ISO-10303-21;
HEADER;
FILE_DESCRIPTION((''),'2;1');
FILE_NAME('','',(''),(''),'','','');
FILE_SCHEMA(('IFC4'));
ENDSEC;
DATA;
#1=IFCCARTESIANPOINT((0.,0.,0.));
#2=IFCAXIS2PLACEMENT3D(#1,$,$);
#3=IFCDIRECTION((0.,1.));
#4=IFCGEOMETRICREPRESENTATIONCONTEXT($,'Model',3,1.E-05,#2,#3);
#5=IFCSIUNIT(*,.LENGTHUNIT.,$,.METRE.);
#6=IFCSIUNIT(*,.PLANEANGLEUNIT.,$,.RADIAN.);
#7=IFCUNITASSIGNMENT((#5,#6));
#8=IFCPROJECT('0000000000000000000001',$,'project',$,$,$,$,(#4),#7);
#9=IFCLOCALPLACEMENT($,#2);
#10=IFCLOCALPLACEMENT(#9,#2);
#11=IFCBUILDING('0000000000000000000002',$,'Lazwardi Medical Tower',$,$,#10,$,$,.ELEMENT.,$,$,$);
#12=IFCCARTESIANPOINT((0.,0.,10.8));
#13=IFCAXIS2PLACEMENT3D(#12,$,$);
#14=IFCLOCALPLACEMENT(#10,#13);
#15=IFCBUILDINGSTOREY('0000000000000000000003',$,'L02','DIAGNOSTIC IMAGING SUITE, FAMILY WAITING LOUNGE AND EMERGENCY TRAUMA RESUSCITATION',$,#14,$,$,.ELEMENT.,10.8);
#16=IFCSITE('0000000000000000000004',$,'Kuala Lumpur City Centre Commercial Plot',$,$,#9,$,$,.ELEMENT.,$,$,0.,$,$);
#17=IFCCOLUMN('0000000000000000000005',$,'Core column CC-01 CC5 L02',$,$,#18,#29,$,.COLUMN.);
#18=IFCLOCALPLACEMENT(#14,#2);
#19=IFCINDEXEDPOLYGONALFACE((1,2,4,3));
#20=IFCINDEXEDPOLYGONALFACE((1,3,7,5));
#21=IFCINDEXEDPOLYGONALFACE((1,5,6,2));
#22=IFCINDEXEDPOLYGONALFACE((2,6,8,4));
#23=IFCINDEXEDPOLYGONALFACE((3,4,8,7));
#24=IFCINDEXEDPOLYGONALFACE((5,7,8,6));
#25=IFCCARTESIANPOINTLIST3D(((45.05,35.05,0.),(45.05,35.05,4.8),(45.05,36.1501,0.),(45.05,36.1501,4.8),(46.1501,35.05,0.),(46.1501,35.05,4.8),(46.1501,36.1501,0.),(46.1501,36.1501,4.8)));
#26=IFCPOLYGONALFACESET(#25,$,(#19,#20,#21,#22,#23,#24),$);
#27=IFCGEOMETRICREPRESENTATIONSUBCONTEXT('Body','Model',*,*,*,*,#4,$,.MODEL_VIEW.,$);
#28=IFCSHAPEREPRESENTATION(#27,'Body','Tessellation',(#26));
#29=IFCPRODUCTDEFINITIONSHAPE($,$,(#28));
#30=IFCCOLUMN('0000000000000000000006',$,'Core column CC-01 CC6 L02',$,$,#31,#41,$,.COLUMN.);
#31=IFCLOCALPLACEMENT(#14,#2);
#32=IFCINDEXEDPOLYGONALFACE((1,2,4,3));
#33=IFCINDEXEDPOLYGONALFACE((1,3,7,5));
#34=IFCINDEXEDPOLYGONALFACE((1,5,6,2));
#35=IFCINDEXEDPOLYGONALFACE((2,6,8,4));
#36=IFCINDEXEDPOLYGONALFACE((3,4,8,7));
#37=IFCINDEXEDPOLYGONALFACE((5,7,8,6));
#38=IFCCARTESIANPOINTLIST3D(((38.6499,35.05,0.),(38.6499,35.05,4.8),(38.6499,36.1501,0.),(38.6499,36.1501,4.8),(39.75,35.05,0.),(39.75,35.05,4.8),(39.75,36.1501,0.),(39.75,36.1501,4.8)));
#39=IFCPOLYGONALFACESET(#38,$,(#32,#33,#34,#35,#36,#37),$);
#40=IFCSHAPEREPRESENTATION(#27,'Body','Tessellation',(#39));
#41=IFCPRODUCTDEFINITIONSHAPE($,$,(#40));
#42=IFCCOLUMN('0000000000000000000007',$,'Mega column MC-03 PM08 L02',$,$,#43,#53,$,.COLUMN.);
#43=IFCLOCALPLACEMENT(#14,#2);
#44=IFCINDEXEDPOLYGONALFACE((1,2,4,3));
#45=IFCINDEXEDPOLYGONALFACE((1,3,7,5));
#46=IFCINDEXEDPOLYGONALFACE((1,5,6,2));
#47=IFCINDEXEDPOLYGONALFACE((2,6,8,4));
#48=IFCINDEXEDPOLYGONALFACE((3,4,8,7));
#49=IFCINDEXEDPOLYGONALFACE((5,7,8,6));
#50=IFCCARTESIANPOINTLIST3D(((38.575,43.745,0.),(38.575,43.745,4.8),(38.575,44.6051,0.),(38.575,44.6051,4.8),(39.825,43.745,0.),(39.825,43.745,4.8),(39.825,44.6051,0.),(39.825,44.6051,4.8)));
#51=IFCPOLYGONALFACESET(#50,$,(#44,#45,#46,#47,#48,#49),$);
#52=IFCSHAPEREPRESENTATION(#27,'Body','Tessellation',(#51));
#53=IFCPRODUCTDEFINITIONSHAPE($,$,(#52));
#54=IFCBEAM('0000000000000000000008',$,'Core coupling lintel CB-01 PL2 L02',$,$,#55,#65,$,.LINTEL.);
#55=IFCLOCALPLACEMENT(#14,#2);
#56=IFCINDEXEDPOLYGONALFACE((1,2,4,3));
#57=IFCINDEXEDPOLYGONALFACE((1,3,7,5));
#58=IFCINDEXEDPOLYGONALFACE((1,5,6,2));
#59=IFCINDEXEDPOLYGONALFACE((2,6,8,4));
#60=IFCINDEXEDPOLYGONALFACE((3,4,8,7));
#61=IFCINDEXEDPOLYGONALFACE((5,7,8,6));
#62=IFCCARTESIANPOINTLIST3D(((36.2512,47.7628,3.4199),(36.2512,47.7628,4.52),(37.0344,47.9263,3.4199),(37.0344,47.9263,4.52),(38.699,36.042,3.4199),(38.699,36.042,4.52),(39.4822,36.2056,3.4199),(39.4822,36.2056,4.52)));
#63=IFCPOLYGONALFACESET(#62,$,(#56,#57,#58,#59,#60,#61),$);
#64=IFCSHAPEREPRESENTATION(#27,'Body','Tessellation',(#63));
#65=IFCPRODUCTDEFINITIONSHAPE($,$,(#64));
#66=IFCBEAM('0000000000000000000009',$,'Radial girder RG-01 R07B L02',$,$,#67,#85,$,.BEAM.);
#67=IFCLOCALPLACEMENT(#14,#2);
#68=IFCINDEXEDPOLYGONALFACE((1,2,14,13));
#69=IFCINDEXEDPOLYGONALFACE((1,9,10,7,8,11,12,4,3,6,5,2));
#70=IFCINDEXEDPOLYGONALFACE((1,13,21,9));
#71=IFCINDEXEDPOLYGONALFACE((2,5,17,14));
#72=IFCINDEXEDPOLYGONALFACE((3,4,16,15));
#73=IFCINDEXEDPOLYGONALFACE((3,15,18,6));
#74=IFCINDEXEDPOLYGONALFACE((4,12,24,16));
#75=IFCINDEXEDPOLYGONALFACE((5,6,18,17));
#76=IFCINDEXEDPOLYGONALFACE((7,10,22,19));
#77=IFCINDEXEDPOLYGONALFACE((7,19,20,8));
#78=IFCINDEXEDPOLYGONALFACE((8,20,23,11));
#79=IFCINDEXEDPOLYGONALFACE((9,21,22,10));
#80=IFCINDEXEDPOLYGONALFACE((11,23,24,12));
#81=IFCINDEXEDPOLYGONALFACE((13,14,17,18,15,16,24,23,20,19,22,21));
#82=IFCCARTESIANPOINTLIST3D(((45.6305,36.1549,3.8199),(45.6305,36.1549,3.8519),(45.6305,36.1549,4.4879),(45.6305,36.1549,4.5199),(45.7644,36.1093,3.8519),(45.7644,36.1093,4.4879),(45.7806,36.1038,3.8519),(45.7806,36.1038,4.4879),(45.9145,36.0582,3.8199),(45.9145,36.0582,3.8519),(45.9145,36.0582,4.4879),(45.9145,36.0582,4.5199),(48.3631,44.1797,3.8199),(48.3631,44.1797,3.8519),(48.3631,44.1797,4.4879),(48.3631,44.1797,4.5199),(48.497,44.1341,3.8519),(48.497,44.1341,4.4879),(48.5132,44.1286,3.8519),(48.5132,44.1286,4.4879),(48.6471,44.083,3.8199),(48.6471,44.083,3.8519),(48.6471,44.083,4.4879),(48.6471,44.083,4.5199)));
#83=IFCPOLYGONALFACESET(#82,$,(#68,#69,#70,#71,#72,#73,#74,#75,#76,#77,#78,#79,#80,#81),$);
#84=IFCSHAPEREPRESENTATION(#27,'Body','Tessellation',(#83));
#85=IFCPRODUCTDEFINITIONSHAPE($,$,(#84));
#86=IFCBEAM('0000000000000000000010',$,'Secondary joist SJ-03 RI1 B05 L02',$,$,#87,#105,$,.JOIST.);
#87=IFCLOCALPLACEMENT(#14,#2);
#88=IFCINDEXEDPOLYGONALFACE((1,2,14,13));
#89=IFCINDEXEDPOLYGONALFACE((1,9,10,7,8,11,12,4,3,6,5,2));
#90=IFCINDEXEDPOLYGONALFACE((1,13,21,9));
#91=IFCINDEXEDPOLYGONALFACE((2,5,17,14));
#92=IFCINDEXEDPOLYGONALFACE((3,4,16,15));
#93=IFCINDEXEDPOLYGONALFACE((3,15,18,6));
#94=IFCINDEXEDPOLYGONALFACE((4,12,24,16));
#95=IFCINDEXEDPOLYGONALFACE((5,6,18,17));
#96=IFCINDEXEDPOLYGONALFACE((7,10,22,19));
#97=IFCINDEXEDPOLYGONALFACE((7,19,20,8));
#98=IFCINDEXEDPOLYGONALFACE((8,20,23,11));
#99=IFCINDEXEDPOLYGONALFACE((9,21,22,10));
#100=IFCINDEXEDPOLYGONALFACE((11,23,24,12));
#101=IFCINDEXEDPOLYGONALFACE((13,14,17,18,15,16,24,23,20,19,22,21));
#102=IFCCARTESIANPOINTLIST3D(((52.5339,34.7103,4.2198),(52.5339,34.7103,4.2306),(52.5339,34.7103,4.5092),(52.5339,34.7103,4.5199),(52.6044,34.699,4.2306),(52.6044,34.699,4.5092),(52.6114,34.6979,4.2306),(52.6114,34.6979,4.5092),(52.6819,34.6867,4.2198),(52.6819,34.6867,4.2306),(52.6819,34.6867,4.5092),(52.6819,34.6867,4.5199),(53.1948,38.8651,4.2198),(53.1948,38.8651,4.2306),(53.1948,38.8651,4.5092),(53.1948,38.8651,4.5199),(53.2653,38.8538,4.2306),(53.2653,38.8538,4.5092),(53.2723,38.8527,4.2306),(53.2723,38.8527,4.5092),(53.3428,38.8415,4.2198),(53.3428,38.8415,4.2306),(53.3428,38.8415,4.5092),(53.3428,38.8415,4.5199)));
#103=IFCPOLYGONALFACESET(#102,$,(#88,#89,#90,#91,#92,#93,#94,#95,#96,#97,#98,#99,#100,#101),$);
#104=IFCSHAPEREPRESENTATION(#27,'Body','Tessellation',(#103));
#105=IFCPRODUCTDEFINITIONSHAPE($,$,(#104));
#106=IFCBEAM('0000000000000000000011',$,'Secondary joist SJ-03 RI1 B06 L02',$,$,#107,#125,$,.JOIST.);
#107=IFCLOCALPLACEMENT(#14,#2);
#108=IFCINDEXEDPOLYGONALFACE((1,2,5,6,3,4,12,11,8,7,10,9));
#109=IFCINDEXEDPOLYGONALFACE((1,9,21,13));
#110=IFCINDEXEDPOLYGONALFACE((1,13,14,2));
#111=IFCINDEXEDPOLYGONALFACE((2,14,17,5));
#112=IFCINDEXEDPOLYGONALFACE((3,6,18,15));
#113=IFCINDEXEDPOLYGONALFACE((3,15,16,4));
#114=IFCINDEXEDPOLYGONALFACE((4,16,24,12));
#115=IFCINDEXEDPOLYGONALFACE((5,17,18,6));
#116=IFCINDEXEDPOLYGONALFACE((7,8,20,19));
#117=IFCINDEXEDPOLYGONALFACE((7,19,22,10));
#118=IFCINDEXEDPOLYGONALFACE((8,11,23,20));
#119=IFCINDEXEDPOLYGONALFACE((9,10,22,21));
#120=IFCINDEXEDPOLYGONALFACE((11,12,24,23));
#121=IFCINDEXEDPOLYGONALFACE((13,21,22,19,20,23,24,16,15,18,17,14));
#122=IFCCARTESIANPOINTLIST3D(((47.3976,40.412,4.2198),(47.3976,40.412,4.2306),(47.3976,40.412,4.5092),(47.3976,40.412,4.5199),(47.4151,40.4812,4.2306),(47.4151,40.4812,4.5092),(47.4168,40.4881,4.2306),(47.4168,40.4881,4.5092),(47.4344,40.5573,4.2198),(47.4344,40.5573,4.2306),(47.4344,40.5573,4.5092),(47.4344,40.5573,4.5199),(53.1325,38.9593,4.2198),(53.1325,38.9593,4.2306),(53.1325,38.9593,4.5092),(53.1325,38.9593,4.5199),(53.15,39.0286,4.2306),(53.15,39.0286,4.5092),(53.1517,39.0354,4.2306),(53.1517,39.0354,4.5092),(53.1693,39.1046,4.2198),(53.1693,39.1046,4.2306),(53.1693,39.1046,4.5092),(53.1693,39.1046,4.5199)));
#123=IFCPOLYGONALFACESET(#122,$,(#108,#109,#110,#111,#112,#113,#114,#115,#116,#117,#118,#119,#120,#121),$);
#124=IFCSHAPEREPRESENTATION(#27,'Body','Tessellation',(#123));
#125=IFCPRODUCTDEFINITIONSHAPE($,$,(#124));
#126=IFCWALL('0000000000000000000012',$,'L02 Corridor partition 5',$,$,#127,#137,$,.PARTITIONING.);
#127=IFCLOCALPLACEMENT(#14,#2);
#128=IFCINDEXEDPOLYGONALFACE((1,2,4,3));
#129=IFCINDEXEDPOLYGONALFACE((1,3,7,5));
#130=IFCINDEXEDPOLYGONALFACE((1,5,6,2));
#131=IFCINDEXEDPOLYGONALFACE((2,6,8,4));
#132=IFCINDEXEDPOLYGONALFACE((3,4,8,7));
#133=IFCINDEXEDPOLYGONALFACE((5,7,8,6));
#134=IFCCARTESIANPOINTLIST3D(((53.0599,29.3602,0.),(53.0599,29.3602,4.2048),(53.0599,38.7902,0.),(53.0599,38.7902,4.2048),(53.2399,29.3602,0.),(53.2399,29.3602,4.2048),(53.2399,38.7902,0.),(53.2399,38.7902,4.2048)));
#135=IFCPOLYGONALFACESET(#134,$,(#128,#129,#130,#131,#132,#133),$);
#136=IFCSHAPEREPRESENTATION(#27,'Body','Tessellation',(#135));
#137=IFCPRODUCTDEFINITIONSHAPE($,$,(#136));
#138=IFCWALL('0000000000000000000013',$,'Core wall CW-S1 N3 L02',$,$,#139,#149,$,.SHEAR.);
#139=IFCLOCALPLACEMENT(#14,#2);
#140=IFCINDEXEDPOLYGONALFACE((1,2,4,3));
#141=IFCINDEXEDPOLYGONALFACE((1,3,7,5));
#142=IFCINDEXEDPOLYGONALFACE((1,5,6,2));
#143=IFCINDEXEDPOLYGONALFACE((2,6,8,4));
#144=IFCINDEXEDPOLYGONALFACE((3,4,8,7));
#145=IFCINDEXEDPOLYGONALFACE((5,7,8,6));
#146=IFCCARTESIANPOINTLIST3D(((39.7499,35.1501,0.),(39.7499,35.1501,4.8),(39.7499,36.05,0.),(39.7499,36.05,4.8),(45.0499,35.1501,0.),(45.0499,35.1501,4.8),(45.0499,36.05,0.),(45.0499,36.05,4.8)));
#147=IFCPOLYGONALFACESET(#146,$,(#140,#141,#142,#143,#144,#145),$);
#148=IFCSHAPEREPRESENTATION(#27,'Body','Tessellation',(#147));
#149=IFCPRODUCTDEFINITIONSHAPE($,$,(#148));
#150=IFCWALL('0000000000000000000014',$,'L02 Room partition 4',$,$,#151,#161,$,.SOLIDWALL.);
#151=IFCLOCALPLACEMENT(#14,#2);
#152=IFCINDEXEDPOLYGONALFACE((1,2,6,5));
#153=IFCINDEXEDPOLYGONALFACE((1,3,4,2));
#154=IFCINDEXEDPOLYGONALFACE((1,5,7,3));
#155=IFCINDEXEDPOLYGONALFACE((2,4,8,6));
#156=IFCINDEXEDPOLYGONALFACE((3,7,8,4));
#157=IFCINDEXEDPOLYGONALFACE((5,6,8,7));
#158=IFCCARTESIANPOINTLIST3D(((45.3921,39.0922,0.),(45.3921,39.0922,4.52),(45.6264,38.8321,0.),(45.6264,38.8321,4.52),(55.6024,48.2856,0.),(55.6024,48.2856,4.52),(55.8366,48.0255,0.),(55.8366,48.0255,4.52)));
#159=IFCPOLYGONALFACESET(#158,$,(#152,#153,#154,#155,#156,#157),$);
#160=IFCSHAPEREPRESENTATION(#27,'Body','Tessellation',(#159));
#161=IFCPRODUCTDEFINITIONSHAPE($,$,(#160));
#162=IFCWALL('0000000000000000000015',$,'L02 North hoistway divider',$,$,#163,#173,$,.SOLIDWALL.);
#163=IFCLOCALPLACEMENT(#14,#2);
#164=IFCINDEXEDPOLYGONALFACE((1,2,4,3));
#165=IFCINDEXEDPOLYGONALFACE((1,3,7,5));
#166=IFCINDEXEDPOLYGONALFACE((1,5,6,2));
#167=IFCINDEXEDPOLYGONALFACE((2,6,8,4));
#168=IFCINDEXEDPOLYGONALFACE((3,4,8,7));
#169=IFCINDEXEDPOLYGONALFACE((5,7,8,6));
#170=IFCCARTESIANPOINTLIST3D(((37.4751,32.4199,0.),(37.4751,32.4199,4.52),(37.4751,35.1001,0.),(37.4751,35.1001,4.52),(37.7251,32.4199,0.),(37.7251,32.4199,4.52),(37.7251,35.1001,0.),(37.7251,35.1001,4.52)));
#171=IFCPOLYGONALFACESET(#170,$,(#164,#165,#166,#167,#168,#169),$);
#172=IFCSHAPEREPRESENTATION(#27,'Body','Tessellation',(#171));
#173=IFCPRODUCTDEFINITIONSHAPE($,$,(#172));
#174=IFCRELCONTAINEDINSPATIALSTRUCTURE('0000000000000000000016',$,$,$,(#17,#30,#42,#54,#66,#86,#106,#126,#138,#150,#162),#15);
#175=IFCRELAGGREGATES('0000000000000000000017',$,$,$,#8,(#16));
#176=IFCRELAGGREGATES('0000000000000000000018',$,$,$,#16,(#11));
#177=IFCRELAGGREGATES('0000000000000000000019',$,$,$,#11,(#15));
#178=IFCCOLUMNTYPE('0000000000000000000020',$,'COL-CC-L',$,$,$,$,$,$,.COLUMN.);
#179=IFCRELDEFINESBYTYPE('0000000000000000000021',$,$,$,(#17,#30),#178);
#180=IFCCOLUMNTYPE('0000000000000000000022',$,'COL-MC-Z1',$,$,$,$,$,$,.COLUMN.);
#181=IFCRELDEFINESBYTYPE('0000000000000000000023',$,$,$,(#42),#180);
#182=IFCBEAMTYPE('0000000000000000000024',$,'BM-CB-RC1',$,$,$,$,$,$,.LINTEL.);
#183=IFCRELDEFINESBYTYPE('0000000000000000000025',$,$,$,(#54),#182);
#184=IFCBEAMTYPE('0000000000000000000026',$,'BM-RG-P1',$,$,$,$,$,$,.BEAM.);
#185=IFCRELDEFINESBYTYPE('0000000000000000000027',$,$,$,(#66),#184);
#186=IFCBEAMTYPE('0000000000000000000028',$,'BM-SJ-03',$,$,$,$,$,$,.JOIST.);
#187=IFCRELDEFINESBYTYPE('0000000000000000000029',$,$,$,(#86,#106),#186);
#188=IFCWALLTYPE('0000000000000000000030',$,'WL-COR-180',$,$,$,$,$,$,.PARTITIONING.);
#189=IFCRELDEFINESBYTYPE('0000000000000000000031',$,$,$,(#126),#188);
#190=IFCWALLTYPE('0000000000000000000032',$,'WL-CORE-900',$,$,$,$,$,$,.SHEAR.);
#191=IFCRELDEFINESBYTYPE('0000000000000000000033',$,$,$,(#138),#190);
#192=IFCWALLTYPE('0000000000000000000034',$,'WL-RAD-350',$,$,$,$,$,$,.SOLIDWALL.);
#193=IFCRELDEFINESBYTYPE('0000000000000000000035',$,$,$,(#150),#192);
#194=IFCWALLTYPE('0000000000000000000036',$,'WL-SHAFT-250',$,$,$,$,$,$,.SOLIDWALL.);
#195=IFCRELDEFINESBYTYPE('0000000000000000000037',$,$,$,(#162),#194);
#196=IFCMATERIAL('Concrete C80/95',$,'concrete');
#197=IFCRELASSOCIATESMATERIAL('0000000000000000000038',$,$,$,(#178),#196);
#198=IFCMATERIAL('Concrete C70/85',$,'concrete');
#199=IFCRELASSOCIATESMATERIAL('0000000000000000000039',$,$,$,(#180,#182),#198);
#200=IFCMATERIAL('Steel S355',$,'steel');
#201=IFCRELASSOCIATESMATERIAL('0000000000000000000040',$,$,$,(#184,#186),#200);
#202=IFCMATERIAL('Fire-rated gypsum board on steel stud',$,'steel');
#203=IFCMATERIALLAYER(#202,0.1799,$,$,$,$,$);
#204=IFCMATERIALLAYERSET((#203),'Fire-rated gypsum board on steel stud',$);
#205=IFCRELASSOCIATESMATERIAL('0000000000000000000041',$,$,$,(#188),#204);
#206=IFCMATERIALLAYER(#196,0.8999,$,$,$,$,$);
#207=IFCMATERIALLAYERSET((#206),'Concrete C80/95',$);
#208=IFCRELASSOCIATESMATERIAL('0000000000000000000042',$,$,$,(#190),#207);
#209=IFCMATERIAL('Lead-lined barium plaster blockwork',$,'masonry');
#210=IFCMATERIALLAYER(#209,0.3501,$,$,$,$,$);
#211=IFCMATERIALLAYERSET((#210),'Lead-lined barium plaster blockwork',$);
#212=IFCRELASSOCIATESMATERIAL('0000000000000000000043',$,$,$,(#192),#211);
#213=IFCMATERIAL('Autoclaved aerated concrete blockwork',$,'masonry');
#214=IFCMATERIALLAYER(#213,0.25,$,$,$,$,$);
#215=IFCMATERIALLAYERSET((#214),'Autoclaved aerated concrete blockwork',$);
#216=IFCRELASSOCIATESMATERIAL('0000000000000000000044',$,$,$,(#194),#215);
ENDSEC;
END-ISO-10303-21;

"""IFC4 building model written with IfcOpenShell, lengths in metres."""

from ifc_helpers import new_model, si_unit, direction, frame, frame_2d, origin, origin_2d, place, context, subcontext, project, spatial, rectangle, i_section, extrude, material, layer, layer_set, material_profile, profile_set, type_object, element, save


model = new_model("IFC4")

# Units and contexts
model_context = context("Model", 3, precision=1e-05, world=origin(), true_north=direction((0.0, 1.0)))
body_context = subcontext(model_context, "Body", "Model", "MODEL_VIEW")
ifc_project = project(units=[si_unit("LENGTHUNIT", "METRE"), si_unit("PLANEANGLEUNIT", "RADIAN")], contexts=[model_context])

# Site, building, storey
site_placement = place(None, origin())
site = spatial("IfcSite", under=ifc_project, at=site_placement, Name="Kuala Lumpur City Centre Commercial Plot", CompositionType="ELEMENT", RefElevation=0.0)
building_placement = place(site_placement, origin())
building = spatial("IfcBuilding", under=site, at=building_placement, Name="Lazwardi Medical Tower", CompositionType="ELEMENT")
storey_placement = place(building_placement, frame((0.0, 0.0, 10.8)))
storey = spatial("IfcBuildingStorey", under=building, at=storey_placement, Name="L02", Description="DIAGNOSTIC IMAGING SUITE, FAMILY WAITING LOUNGE AND EMERGENCY TRAUMA RESUSCITATION", CompositionType="ELEMENT", Elevation=10.8)

# Columns
ifc_material_1 = material(Name="Concrete C80/95", Category="concrete")
ifc_material_profile_1 = material_profile(ifc_material_1, rectangle(XDim=1.1001, YDim=1.1001, at=origin_2d()), Name="RC 1100x1100")
ifc_profile_set_1 = profile_set([ifc_material_profile_1], Name="Concrete C80/95")
column_type_1 = type_object("IfcColumnType", Name="COL-CC-L", PredefinedType="COLUMN", material=ifc_profile_set_1)
for number, where, z_axis, x_axis, name in (
    (1, (45.6001, 35.6001, 0.0), (0.0, 0.0, 1.0), (1.0, 0.0, 0.0), "Core column CC-01 CC5 L02"),
    (2, (39.2, 35.6001, 0.0), (0.0, 0.0, 1.0), (1.0, 0.0, 0.0), "Core column CC-01 CC6 L02"),
):
    element("IfcColumn", number, at=place(storey_placement, frame(where, z_axis=z_axis, x_axis=x_axis)), inside=storey, type_object=column_type_1, Name=name, PredefinedType="COLUMN", context=body_context, shape_type="SweptSolid", body=[
        extrude(rectangle(XDim=1.1001, YDim=1.1001, at=origin_2d()), origin(), (0.0, 0.0, 1.0), 4.8),
    ])
ifc_material_2 = material(Name="Concrete C70/85", Category="concrete")
ifc_material_profile_2 = material_profile(ifc_material_2, rectangle(XDim=1.25, YDim=0.8601, at=origin_2d()), Name="CFT-RECT 1250x860")
ifc_profile_set_2 = profile_set([ifc_material_profile_2], Name="Concrete C70/85")
column_type_2 = type_object("IfcColumnType", Name="COL-MC-Z1", PredefinedType="COLUMN", material=ifc_profile_set_2)
column_placement = place(storey_placement, frame((39.2, 44.175, 0.0), z_axis=(0.0, 0.0, 1.0), x_axis=(1.0, 0.0, 0.0)))
element("IfcColumn", 3, at=column_placement, inside=storey, type_object=column_type_2, Name="Mega column MC-03 PM08 L02", PredefinedType="COLUMN", context=body_context, shape_type="SweptSolid", body=[
    extrude(rectangle(XDim=1.25, YDim=0.8601, at=origin_2d()), origin(), (0.0, 0.0, 1.0), 4.8),
])

# Beams
ifc_material_profile_3 = material_profile(ifc_material_2, rectangle(XDim=0.8, YDim=1.1001, at=origin_2d()), Name="RC 800x1100")
ifc_profile_set_3 = profile_set([ifc_material_profile_3], Name="Concrete C70/85")
beam_type_1 = type_object("IfcBeamType", Name="BM-CB-RC1", PredefinedType="LINTEL", material=ifc_profile_set_3)
beam_1_placement = place(storey_placement, frame((39.0906, 36.1238, 3.97), z_axis=(-0.20443, 0.978881, 0.0), x_axis=(-0.978881, -0.20443, 0.0)))
element("IfcBeam", 4, at=beam_1_placement, inside=storey, type_object=beam_type_1, Name="Core coupling lintel CB-01 PL2 L02", PredefinedType="LINTEL", context=body_context, shape_type="SweptSolid", body=[
    extrude(rectangle(XDim=0.8, YDim=1.1001, at=origin_2d()), origin(), (0.0, 0.0, 1.0), 11.9736),
])
ifc_material_3 = material(Name="Steel S355", Category="steel")
ifc_material_profile_4 = material_profile(ifc_material_3, i_section(OverallWidth=0.3, OverallDepth=0.7, WebThickness=0.0171, FlangeThickness=0.032, at=origin_2d()), Name="HEB 700")
ifc_profile_set_4 = profile_set([ifc_material_profile_4], Name="Steel S355")
beam_type_2 = type_object("IfcBeamType", Name="BM-RG-P1", PredefinedType="BEAM", material=ifc_profile_set_4)
beam_2_placement = place(storey_placement, frame((48.5051, 44.1313, 4.1699), z_axis=(-0.322347, -0.946622, 0.0), x_axis=(0.946622, -0.322347, 0.0)))
element("IfcBeam", 5, at=beam_2_placement, inside=storey, type_object=beam_type_2, Name="Radial girder RG-01 R07B L02", PredefinedType="BEAM", context=body_context, shape_type="SweptSolid", body=[
    extrude(i_section(OverallWidth=0.3, OverallDepth=0.7, WebThickness=0.0171, FlangeThickness=0.032, at=origin_2d()), origin(), (0.0, 0.0, 1.0), 8.4773),
])
ifc_material_profile_5 = material_profile(ifc_material_3, i_section(OverallWidth=0.1499, OverallDepth=0.3, WebThickness=0.0071, FlangeThickness=0.0107, at=origin_2d()), Name="IPE 300")
ifc_profile_set_5 = profile_set([ifc_material_profile_5], Name="Steel S355")
beam_type_3 = type_object("IfcBeamType", Name="BM-SJ-03", PredefinedType="JOIST", material=ifc_profile_set_5)
beam_3_placement = place(storey_placement, frame((52.6079, 34.6985, 4.3699), z_axis=(0.157092, 0.987584, 0.0), x_axis=(-0.987584, 0.157092, 0.0)))
element("IfcBeam", 6, at=beam_3_placement, inside=storey, type_object=beam_type_3, Name="Secondary joist SJ-03 RI1 B05 L02", PredefinedType="JOIST", context=body_context, shape_type="SweptSolid", body=[
    extrude(i_section(OverallWidth=0.1499, OverallDepth=0.3, WebThickness=0.0071, FlangeThickness=0.0107, at=origin_2d()), origin(), (0.0, 0.0, 1.0), 4.207),
])
beam_4_placement = place(storey_placement, frame((53.1509, 39.032, 4.3699), z_axis=(-0.969385, 0.245545, 0.0), x_axis=(-0.245545, -0.969385, 0.0)))
element("IfcBeam", 7, at=beam_4_placement, inside=storey, type_object=beam_type_3, Name="Secondary joist SJ-03 RI1 B06 L02", PredefinedType="JOIST", context=body_context, shape_type="SweptSolid", body=[
    extrude(i_section(OverallWidth=0.1499, OverallDepth=0.3, WebThickness=0.0071, FlangeThickness=0.0107, at=origin_2d()), origin(), (0.0, 0.0, 1.0), 5.916),
])

# Walls
ifc_material_4 = material(Name="Fire-rated gypsum board on steel stud", Category="steel")
ifc_layer_1 = layer(ifc_material_4, 0.1799)
ifc_layer_set_1 = layer_set([ifc_layer_1], Name="Fire-rated gypsum board on steel stud")
wall_type_1 = type_object("IfcWallType", Name="WL-COR-180", PredefinedType="PARTITIONING", material=ifc_layer_set_1)
wall_1_placement = place(storey_placement, frame((53.1499, 38.79, 0.0), z_axis=(0.0, 0.0, 1.0), x_axis=(0.0, -1.0, 0.0)))
element("IfcWall", 8, at=wall_1_placement, inside=storey, type_object=wall_type_1, Name="L02 Corridor partition 5", PredefinedType="PARTITIONING", context=body_context, shape_type="SweptSolid", body=[
    extrude(rectangle(XDim=9.4299, YDim=0.1799, at=frame_2d((4.7148, 0.0))), origin(), (0.0, 0.0, 1.0), 4.2048),
])
ifc_layer_2 = layer(ifc_material_1, 0.8999)
ifc_layer_set_2 = layer_set([ifc_layer_2], Name="Concrete C80/95")
wall_type_2 = type_object("IfcWallType", Name="WL-CORE-900", PredefinedType="SHEAR", material=ifc_layer_set_2)
wall_2_placement = place(storey_placement, frame((39.75, 35.6001, 0.0), z_axis=(0.0, 0.0, 1.0), x_axis=(1.0, 0.0, 0.0)))
element("IfcWall", 9, at=wall_2_placement, inside=storey, type_object=wall_type_2, Name="Core wall CW-S1 N3 L02", PredefinedType="SHEAR", context=body_context, shape_type="SweptSolid", body=[
    extrude(rectangle(XDim=5.3, YDim=0.8999, at=frame_2d((2.6499, 0.0))), origin(), (0.0, 0.0, 1.0), 4.8),
])
ifc_material_5 = material(Name="Lead-lined barium plaster blockwork", Category="masonry")
ifc_layer_3 = layer(ifc_material_5, 0.3501)
ifc_layer_set_3 = layer_set([ifc_layer_3], Name="Lead-lined barium plaster blockwork")
wall_type_3 = type_object("IfcWallType", Name="WL-RAD-350", PredefinedType="SOLIDWALL", material=ifc_layer_set_3)
wall_3_placement = place(storey_placement, frame((45.5093, 38.9622, 0.0), z_axis=(0.0, 0.0, 1.0), x_axis=(0.743143, 0.669133, 0.0)))
element("IfcWall", 10, at=wall_3_placement, inside=storey, type_object=wall_type_3, Name="L02 Room partition 4", PredefinedType="SOLIDWALL", context=body_context, shape_type="SweptSolid", body=[
    extrude(rectangle(XDim=13.7393, YDim=0.3501, at=frame_2d((6.8696, 0.0))), origin(), (0.0, 0.0, 1.0), 4.52),
])
ifc_material_6 = material(Name="Autoclaved aerated concrete blockwork", Category="masonry")
ifc_layer_4 = layer(ifc_material_6, 0.25)
ifc_layer_set_4 = layer_set([ifc_layer_4], Name="Autoclaved aerated concrete blockwork")
wall_type_4 = type_object("IfcWallType", Name="WL-SHAFT-250", PredefinedType="SOLIDWALL", material=ifc_layer_set_4)
for number, where, z_axis, x_axis, name in (
    (11, (37.6001, 32.4199, 0.0), (0.0, 0.0, 1.0), (0.0, 1.0, 0.0), "L02 North hoistway divider"),
):
    element("IfcWall", number, at=place(storey_placement, frame(where, z_axis=z_axis, x_axis=x_axis)), inside=storey, type_object=wall_type_4, Name=name, PredefinedType="SOLIDWALL", context=body_context, shape_type="SweptSolid", body=[
        extrude(rectangle(XDim=2.6802, YDim=0.25, at=frame_2d((1.3401, 0.0))), origin(), (0.0, 0.0, 1.0), 4.52),
    ])

save(model, "model.ifc")
